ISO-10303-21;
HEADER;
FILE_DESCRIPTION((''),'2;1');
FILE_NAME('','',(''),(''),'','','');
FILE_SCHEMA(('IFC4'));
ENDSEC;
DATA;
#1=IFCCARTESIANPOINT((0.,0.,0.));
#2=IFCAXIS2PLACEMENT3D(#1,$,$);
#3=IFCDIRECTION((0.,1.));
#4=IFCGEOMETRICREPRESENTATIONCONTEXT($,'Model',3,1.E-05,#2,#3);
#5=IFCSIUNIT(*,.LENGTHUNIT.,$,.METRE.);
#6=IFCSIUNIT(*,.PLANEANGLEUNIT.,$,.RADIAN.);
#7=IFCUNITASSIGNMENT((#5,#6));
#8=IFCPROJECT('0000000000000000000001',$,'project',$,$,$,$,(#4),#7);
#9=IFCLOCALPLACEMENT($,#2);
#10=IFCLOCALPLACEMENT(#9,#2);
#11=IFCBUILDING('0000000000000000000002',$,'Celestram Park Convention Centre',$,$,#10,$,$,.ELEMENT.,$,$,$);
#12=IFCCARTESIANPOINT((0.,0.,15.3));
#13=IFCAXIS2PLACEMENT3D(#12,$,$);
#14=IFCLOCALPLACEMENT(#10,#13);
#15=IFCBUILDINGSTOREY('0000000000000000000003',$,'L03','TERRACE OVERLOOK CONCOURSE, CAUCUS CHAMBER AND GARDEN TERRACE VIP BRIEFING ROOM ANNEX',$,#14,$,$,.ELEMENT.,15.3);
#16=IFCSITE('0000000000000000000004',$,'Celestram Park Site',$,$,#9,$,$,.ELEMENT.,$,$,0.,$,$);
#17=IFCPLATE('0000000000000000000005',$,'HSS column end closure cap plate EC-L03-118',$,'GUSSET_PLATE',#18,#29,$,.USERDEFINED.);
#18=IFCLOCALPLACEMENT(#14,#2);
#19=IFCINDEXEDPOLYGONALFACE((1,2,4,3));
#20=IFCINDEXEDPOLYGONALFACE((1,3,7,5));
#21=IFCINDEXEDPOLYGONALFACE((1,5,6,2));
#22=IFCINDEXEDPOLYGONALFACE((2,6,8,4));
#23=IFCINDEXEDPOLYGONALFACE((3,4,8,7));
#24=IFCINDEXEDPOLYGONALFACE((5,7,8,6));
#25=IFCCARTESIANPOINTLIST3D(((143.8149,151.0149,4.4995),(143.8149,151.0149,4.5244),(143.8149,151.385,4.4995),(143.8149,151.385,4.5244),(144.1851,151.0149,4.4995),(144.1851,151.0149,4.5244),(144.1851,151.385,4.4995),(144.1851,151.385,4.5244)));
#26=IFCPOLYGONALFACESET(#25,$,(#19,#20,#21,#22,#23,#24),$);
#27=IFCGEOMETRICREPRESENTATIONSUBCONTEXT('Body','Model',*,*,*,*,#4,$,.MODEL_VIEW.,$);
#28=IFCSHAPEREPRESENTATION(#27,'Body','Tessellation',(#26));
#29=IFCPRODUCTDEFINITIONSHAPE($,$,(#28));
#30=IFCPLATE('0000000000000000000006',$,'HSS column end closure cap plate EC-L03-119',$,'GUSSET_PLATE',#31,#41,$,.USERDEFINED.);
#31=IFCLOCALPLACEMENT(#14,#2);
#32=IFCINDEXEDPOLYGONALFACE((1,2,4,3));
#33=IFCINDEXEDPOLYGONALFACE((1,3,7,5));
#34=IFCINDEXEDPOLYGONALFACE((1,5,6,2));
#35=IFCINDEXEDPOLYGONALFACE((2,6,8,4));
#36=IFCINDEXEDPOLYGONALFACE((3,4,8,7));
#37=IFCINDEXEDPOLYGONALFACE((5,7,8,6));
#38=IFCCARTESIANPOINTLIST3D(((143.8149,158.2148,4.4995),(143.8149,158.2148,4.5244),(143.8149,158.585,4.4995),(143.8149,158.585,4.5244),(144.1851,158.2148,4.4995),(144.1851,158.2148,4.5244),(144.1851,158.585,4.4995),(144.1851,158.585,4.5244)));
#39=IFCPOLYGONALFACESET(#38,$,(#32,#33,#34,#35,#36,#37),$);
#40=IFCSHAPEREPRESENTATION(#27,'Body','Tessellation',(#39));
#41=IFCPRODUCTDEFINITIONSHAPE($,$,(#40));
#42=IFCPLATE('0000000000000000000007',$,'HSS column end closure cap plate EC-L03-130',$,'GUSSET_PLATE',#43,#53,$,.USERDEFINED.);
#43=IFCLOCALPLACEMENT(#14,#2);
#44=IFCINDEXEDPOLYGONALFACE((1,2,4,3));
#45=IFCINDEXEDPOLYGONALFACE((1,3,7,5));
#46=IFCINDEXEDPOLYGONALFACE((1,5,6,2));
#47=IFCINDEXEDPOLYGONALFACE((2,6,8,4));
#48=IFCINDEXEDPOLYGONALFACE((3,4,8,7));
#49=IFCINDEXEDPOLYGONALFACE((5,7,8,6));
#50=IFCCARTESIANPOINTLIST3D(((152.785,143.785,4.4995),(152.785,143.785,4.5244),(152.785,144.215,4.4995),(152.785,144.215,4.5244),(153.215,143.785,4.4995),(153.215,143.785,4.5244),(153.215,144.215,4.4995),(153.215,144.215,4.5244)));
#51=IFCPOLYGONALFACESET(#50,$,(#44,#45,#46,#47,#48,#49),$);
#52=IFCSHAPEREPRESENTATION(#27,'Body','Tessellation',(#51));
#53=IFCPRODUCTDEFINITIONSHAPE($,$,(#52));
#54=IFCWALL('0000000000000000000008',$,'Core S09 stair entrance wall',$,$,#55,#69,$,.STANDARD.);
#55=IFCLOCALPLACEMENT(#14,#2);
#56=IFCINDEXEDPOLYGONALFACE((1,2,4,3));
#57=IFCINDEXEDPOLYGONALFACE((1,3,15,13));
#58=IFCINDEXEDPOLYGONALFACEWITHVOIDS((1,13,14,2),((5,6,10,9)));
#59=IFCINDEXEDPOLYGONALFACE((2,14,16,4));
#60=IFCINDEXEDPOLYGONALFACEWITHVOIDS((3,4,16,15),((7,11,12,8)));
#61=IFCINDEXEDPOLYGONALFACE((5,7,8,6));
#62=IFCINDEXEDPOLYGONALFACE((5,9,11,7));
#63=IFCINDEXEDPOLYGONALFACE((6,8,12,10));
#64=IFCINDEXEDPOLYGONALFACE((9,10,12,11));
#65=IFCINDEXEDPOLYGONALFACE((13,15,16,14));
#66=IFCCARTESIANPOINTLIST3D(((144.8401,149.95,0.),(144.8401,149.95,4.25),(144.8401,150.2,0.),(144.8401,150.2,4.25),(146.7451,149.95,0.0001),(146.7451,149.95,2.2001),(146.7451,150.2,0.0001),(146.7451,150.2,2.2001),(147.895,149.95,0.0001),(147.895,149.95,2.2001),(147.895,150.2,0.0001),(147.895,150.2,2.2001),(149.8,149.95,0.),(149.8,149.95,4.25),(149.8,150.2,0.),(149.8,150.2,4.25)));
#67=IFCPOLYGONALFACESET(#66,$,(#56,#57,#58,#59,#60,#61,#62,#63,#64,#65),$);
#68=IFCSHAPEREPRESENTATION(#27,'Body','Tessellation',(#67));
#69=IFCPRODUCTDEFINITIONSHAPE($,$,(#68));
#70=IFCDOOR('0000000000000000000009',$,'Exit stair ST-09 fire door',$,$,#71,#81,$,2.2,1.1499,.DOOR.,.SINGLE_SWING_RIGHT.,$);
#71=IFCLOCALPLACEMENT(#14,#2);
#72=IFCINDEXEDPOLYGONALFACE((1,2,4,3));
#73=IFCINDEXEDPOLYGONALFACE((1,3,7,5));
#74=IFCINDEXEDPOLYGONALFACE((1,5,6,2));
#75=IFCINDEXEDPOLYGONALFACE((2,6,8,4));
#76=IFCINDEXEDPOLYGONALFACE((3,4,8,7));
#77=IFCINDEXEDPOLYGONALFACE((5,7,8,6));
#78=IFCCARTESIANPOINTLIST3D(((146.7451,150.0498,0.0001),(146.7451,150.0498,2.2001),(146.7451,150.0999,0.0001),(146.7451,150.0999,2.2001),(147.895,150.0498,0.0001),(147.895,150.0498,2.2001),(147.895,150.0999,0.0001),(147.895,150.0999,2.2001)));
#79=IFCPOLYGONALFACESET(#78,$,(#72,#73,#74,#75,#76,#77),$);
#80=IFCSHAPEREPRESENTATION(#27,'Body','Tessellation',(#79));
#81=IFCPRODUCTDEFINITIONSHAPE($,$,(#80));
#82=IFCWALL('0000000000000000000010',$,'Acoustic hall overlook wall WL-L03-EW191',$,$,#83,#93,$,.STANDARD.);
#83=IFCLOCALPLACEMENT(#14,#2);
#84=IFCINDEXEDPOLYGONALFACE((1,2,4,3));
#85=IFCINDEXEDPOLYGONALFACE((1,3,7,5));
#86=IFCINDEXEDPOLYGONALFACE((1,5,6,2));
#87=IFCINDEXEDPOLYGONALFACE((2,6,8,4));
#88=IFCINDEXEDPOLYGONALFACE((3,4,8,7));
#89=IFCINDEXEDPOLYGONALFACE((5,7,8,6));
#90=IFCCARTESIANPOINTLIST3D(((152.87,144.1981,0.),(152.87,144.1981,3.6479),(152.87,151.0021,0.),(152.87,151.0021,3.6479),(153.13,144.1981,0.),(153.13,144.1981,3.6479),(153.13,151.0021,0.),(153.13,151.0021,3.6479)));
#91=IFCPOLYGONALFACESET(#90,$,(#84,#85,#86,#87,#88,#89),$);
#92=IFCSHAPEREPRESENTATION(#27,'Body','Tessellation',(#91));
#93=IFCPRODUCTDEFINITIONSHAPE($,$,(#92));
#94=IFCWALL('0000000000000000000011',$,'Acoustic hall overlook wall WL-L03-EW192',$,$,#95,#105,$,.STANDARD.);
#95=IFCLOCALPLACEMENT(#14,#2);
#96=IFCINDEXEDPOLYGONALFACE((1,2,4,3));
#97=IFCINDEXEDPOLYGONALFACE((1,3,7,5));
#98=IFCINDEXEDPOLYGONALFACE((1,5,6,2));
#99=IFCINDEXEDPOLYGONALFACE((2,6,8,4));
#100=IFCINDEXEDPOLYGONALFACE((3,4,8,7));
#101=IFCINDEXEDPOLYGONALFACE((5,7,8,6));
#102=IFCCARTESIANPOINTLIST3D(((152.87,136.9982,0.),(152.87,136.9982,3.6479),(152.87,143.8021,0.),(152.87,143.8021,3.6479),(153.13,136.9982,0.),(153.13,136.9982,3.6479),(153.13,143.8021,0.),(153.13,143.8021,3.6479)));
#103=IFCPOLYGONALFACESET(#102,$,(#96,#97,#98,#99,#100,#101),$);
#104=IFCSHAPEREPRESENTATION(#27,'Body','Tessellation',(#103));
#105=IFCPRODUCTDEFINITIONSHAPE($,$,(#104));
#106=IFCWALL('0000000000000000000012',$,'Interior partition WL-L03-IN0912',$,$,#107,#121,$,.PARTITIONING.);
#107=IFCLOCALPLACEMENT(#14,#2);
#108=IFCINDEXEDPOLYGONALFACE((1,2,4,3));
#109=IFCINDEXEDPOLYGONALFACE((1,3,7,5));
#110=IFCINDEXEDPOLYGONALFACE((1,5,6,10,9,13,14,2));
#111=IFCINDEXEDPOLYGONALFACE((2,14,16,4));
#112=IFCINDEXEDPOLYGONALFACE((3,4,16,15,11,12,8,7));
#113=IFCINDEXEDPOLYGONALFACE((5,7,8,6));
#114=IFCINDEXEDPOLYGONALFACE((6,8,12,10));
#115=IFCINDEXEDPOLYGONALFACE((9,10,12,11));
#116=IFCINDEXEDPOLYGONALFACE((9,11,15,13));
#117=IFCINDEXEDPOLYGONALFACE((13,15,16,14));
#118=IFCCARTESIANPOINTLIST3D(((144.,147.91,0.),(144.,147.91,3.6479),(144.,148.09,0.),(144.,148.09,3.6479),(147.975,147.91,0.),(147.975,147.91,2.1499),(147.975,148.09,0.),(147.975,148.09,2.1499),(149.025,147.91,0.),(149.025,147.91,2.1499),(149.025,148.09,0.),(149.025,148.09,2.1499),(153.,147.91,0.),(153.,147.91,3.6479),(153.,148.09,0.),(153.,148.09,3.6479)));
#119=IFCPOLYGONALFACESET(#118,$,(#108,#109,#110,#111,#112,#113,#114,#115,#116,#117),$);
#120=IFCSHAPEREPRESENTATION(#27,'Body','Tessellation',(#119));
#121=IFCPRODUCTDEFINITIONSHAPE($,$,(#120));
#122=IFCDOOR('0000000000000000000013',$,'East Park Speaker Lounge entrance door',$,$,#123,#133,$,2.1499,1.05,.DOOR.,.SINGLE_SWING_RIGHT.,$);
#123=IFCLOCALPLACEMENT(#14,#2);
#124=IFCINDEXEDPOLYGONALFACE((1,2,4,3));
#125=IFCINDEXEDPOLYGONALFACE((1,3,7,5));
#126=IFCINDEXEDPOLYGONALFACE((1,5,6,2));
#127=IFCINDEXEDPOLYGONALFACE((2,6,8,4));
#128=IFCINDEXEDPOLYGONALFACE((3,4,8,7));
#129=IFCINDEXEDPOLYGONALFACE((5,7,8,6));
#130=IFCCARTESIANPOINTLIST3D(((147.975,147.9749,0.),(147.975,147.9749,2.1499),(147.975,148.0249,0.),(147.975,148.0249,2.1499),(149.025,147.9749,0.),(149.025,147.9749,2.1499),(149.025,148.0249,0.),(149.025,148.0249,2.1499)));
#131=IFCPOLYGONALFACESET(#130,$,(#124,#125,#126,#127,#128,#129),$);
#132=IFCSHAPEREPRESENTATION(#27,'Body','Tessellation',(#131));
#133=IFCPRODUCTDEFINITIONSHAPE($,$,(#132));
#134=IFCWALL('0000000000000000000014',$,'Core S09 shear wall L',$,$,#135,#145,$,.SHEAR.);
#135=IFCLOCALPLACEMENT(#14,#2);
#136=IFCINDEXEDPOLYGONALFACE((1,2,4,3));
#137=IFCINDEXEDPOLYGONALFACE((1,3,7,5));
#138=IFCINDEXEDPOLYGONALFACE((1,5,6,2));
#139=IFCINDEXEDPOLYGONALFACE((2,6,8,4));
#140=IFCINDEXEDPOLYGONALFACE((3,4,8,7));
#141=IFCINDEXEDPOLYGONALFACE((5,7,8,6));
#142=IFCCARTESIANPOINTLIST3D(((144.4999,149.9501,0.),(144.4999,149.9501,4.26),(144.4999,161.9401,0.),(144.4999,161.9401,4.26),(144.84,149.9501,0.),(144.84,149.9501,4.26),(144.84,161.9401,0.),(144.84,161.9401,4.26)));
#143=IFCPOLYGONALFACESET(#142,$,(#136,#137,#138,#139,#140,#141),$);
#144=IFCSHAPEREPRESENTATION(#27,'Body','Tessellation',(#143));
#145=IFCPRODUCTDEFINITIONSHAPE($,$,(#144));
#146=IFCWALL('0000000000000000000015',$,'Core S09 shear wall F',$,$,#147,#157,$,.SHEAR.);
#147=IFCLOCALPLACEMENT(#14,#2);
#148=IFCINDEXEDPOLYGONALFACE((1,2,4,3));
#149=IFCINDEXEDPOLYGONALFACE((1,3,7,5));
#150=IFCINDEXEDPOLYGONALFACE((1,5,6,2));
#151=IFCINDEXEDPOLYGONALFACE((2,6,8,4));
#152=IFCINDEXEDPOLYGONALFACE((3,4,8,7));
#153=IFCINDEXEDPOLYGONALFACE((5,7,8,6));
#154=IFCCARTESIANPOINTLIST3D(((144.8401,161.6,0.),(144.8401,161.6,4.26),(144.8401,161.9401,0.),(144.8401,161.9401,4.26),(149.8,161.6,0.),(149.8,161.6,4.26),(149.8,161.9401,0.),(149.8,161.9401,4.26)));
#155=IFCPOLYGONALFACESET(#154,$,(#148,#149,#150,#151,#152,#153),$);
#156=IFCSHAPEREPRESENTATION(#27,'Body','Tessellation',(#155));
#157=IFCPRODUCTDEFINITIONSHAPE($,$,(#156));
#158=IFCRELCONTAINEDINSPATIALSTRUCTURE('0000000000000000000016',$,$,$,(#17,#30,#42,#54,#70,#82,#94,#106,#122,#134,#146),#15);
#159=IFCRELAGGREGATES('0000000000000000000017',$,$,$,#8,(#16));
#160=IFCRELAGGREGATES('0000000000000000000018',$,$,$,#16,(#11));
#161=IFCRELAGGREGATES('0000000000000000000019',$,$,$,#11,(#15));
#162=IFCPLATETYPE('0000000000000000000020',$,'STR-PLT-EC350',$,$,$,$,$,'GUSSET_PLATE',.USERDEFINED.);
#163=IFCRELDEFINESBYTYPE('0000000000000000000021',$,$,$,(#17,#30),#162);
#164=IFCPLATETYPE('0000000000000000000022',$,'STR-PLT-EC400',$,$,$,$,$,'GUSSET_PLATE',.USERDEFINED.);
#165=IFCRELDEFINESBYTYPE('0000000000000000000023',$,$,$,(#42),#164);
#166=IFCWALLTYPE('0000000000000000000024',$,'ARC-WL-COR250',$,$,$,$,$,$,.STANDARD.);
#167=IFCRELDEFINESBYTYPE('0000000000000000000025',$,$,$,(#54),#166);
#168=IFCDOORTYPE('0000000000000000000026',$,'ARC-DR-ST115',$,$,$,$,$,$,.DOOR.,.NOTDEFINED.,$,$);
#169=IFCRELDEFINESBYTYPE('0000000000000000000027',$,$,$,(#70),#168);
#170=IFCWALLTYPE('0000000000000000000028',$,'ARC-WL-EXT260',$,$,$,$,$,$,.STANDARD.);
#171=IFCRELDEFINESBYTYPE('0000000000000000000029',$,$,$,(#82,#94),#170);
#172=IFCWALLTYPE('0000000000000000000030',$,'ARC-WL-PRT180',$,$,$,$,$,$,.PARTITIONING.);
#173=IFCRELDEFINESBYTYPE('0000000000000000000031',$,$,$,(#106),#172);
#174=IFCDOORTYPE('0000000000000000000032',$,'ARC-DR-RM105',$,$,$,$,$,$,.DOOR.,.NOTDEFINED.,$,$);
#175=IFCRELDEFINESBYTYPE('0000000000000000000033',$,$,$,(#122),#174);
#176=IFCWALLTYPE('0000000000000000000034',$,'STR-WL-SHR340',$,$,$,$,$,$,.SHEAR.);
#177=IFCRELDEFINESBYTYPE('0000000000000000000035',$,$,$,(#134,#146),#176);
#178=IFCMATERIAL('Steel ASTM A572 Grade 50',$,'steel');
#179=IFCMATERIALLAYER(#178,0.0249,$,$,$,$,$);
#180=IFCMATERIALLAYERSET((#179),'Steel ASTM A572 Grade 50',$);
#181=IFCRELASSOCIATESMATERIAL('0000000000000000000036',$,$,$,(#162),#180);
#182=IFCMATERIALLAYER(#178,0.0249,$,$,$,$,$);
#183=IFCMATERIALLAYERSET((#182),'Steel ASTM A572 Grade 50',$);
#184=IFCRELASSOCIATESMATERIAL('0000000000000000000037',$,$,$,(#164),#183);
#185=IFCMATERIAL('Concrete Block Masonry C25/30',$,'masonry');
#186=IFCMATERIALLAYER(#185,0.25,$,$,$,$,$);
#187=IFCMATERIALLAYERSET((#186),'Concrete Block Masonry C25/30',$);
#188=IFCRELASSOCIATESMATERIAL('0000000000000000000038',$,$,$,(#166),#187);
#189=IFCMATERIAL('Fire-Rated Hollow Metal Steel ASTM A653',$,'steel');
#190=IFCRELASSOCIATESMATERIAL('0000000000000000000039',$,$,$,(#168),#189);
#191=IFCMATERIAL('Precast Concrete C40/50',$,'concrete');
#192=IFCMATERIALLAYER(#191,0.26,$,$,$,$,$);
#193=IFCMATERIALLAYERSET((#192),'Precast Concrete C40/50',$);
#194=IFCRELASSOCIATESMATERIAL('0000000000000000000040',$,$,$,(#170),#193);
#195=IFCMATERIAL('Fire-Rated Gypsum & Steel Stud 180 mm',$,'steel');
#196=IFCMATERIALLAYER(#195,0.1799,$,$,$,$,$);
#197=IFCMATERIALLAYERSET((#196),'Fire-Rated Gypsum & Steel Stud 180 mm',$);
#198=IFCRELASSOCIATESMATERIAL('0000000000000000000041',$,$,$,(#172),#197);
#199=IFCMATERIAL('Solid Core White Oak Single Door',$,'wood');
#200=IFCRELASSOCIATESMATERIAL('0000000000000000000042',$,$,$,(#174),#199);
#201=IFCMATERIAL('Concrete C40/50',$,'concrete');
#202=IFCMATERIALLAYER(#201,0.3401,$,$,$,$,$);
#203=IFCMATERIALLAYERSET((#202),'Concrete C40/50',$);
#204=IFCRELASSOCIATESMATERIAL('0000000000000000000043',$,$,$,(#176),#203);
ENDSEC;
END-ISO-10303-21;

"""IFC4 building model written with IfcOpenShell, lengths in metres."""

from ifc_helpers import new_model, si_unit, direction, frame, frame_2d, origin, origin_2d, place, context, subcontext, project, spatial, rectangle, extrude, material, layer, layer_set, type_object, element, fill, save


model = new_model("IFC4")

# Units and contexts
model_context = context("Model", 3, precision=1e-05, world=origin(), true_north=direction((0.0, 1.0)))
body_context = subcontext(model_context, "Body", "Model", "MODEL_VIEW")
ifc_project = project(units=[si_unit("LENGTHUNIT", "METRE"), si_unit("PLANEANGLEUNIT", "RADIAN")], contexts=[model_context])

# Site, building, storey
site_placement = place(None, origin())
site = spatial("IfcSite", under=ifc_project, at=site_placement, Name="Celestram Park Site", CompositionType="ELEMENT", RefElevation=0.0)
building_placement = place(site_placement, origin())
building = spatial("IfcBuilding", under=site, at=building_placement, Name="Celestram Park Convention Centre", CompositionType="ELEMENT")
storey_placement = place(building_placement, frame((0.0, 0.0, 15.3)))
storey = spatial("IfcBuildingStorey", under=building, at=storey_placement, Name="L03", Description="TERRACE OVERLOOK CONCOURSE, CAUCUS CHAMBER AND GARDEN TERRACE VIP BRIEFING ROOM ANNEX", CompositionType="ELEMENT", Elevation=15.3)

# Plates
ifc_material_1 = material(Name="Steel ASTM A572 Grade 50", Category="steel")
ifc_layer_1 = layer(ifc_material_1, 0.0249)
ifc_layer_set_1 = layer_set([ifc_layer_1], Name="Steel ASTM A572 Grade 50")
plate_type_1 = type_object("IfcPlateType", Name="STR-PLT-EC350", ElementType="GUSSET_PLATE", PredefinedType="USERDEFINED", material=ifc_layer_set_1)
for number, where, z_axis, x_axis, name in (
    (1, (144.0, 151.2, 4.4995), (0.0, 0.0, 1.0), (1.0, 0.0, 0.0), "HSS column end closure cap plate EC-L03-118"),
    (2, (144.0, 158.3999, 4.4995), (0.0, 0.0, 1.0), (1.0, 0.0, 0.0), "HSS column end closure cap plate EC-L03-119"),
):
    element("IfcPlate", number, at=place(storey_placement, frame(where, z_axis=z_axis, x_axis=x_axis)), inside=storey, type_object=plate_type_1, Name=name, ObjectType="GUSSET_PLATE", PredefinedType="USERDEFINED", context=body_context, shape_type="SweptSolid", body=[
        extrude(rectangle(XDim=0.3701, YDim=0.3701, at=origin_2d()), origin(), (0.0, 0.0, 1.0), 0.0249),
    ])
ifc_layer_2 = layer(ifc_material_1, 0.0249)
ifc_layer_set_2 = layer_set([ifc_layer_2], Name="Steel ASTM A572 Grade 50")
plate_type_2 = type_object("IfcPlateType", Name="STR-PLT-EC400", ElementType="GUSSET_PLATE", PredefinedType="USERDEFINED", material=ifc_layer_set_2)
plate_placement = place(storey_placement, frame((153.0, 144.0, 4.4995), z_axis=(0.0, 0.0, 1.0), x_axis=(1.0, 0.0, 0.0)))
element("IfcPlate", 3, at=plate_placement, inside=storey, type_object=plate_type_2, Name="HSS column end closure cap plate EC-L03-130", ObjectType="GUSSET_PLATE", PredefinedType="USERDEFINED", context=body_context, shape_type="SweptSolid", body=[
    extrude(rectangle(XDim=0.4299, YDim=0.4299, at=origin_2d()), origin(), (0.0, 0.0, 1.0), 0.0249),
])

# Wall, opening, door
ifc_material_2 = material(Name="Concrete Block Masonry C25/30", Category="masonry")
ifc_layer_3 = layer(ifc_material_2, 0.25)
ifc_layer_set_3 = layer_set([ifc_layer_3], Name="Concrete Block Masonry C25/30")
wall_type_1 = type_object("IfcWallType", Name="ARC-WL-COR250", PredefinedType="STANDARD", material=ifc_layer_set_3)
wall_1_placement = place(storey_placement, frame((144.8401, 150.075, 0.0), z_axis=(0.0, 0.0, 1.0), x_axis=(1.0, 0.0, 0.0)))
wall_1 = element("IfcWall", 4, at=wall_1_placement, inside=storey, type_object=wall_type_1, Name="Core S09 stair entrance wall", PredefinedType="STANDARD", context=body_context, shape_type="SweptSolid", body=[
    extrude(rectangle(XDim=4.96, YDim=0.25, at=frame_2d((2.48, 0.0))), origin(), (0.0, 0.0, 1.0), 4.25),
])
opening_1_placement = place(wall_1_placement, frame((1.905, 0.0, 0.0)))
opening_1 = element("IfcOpeningElement", 5, at=opening_1_placement, cuts=wall_1, PredefinedType="OPENING", context=body_context, shape_type="SweptSolid", body=[
    extrude(rectangle(XDim=1.1499, YDim=2.2, at=frame_2d((0.575, 1.1001))), frame((0.0, 0.135, 0.0), z_axis=(0.0, -1.0, 0.0), x_axis=(1.0, 0.0, 0.0)), (0.0, 0.0, 1.0), 0.27),
])
ifc_material_3 = material(Name="Fire-Rated Hollow Metal Steel ASTM A653", Category="steel")
door_type_1 = type_object("IfcDoorType", Name="ARC-DR-ST115", OperationType="NOTDEFINED", PredefinedType="DOOR", material=ifc_material_3)
door_1_placement = place(opening_1_placement, origin())
door_1 = element("IfcDoor", 6, at=door_1_placement, inside=storey, type_object=door_type_1, Name="Exit stair ST-09 fire door", OperationType="SINGLE_SWING_RIGHT", OverallHeight=2.2, OverallWidth=1.1499, PredefinedType="DOOR", context=body_context, shape_type="SweptSolid", body=[
    extrude(rectangle(XDim=1.1499, YDim=2.2, at=frame_2d((0.575, 1.1001))), frame((0.0, 0.0249, 0.0), z_axis=(0.0, -1.0, 0.0), x_axis=(1.0, 0.0, 0.0)), (0.0, 0.0, 1.0), 0.05),
])
fill(opening_1, door_1)

# Walls
ifc_material_4 = material(Name="Precast Concrete C40/50", Category="concrete")
ifc_layer_4 = layer(ifc_material_4, 0.26)
ifc_layer_set_4 = layer_set([ifc_layer_4], Name="Precast Concrete C40/50")
wall_type_2 = type_object("IfcWallType", Name="ARC-WL-EXT260", PredefinedType="STANDARD", material=ifc_layer_set_4)
for number, where, z_axis, x_axis, name in (
    (7, (153.0, 151.002, 0.0), (0.0, 0.0, 1.0), (0.0, -1.0, 0.0), "Acoustic hall overlook wall WL-L03-EW191"),
    (8, (153.0, 143.802, 0.0), (0.0, 0.0, 1.0), (0.0, -1.0, 0.0), "Acoustic hall overlook wall WL-L03-EW192"),
):
    element("IfcWall", number, at=place(storey_placement, frame(where, z_axis=z_axis, x_axis=x_axis)), inside=storey, type_object=wall_type_2, Name=name, PredefinedType="STANDARD", context=body_context, shape_type="SweptSolid", body=[
        extrude(rectangle(XDim=6.804, YDim=0.26, at=frame_2d((3.4019, 0.0))), origin(), (0.0, 0.0, 1.0), 3.6479),
    ])

# Wall, opening, door
ifc_material_5 = material(Name="Fire-Rated Gypsum & Steel Stud 180 mm", Category="steel")
ifc_layer_5 = layer(ifc_material_5, 0.1799)
ifc_layer_set_5 = layer_set([ifc_layer_5], Name="Fire-Rated Gypsum & Steel Stud 180 mm")
wall_type_3 = type_object("IfcWallType", Name="ARC-WL-PRT180", PredefinedType="PARTITIONING", material=ifc_layer_set_5)
wall_2_placement = place(storey_placement, frame((144.0, 148.0, 0.0), z_axis=(0.0, 0.0, 1.0), x_axis=(1.0, 0.0, 0.0)))
wall_2 = element("IfcWall", 9, at=wall_2_placement, inside=storey, type_object=wall_type_3, Name="Interior partition WL-L03-IN0912", PredefinedType="PARTITIONING", context=body_context, shape_type="SweptSolid", body=[
    extrude(rectangle(XDim=9.0, YDim=0.1799, at=frame_2d((4.5, 0.0))), origin(), (0.0, 0.0, 1.0), 3.6479),
])
opening_2_placement = place(wall_2_placement, frame((3.9751, 0.0, 0.0)))
opening_2 = element("IfcOpeningElement", 10, at=opening_2_placement, cuts=wall_2, PredefinedType="OPENING", context=body_context, shape_type="SweptSolid", body=[
    extrude(rectangle(XDim=1.05, YDim=2.1499, at=frame_2d((0.5249, 1.075))), frame((0.0, 0.0999, 0.0), z_axis=(0.0, -1.0, 0.0), x_axis=(1.0, 0.0, 0.0)), (0.0, 0.0, 1.0), 0.2),
])
ifc_material_6 = material(Name="Solid Core White Oak Single Door", Category="wood")
door_type_2 = type_object("IfcDoorType", Name="ARC-DR-RM105", OperationType="NOTDEFINED", PredefinedType="DOOR", material=ifc_material_6)
door_2_placement = place(opening_2_placement, origin())
door_2 = element("IfcDoor", 11, at=door_2_placement, inside=storey, type_object=door_type_2, Name="East Park Speaker Lounge entrance door", OperationType="SINGLE_SWING_RIGHT", OverallHeight=2.1499, OverallWidth=1.05, PredefinedType="DOOR", context=body_context, shape_type="SweptSolid", body=[
    extrude(rectangle(XDim=1.05, YDim=2.1499, at=frame_2d((0.5249, 1.075))), frame((0.0, 0.0249, 0.0), z_axis=(0.0, -1.0, 0.0), x_axis=(1.0, 0.0, 0.0)), (0.0, 0.0, 1.0), 0.05),
])
fill(opening_2, door_2)

# Walls
ifc_material_7 = material(Name="Concrete C40/50", Category="concrete")
ifc_layer_6 = layer(ifc_material_7, 0.3401)
ifc_layer_set_6 = layer_set([ifc_layer_6], Name="Concrete C40/50")
wall_type_4 = type_object("IfcWallType", Name="STR-WL-SHR340", PredefinedType="SHEAR", material=ifc_layer_set_6)
wall_3_placement = place(storey_placement, frame((144.6699, 149.95, 0.0), z_axis=(0.0, 0.0, 1.0), x_axis=(0.0, 1.0, 0.0)))
element("IfcWall", 12, at=wall_3_placement, inside=storey, type_object=wall_type_4, Name="Core S09 shear wall L", PredefinedType="SHEAR", context=body_context, shape_type="SweptSolid", body=[
    extrude(rectangle(XDim=11.99, YDim=0.3401, at=frame_2d((5.9951, 0.0))), origin(), (0.0, 0.0, 1.0), 4.26),
])
wall_4_placement = place(storey_placement, frame((144.8401, 161.77, 0.0), z_axis=(0.0, 0.0, 1.0), x_axis=(1.0, 0.0, 0.0)))
element("IfcWall", 13, at=wall_4_placement, inside=storey, type_object=wall_type_4, Name="Core S09 shear wall F", PredefinedType="SHEAR", context=body_context, shape_type="SweptSolid", body=[
    extrude(rectangle(XDim=4.96, YDim=0.3401, at=frame_2d((2.48, 0.0))), origin(), (0.0, 0.0, 1.0), 4.26),
])

save(model, "model.ifc")
